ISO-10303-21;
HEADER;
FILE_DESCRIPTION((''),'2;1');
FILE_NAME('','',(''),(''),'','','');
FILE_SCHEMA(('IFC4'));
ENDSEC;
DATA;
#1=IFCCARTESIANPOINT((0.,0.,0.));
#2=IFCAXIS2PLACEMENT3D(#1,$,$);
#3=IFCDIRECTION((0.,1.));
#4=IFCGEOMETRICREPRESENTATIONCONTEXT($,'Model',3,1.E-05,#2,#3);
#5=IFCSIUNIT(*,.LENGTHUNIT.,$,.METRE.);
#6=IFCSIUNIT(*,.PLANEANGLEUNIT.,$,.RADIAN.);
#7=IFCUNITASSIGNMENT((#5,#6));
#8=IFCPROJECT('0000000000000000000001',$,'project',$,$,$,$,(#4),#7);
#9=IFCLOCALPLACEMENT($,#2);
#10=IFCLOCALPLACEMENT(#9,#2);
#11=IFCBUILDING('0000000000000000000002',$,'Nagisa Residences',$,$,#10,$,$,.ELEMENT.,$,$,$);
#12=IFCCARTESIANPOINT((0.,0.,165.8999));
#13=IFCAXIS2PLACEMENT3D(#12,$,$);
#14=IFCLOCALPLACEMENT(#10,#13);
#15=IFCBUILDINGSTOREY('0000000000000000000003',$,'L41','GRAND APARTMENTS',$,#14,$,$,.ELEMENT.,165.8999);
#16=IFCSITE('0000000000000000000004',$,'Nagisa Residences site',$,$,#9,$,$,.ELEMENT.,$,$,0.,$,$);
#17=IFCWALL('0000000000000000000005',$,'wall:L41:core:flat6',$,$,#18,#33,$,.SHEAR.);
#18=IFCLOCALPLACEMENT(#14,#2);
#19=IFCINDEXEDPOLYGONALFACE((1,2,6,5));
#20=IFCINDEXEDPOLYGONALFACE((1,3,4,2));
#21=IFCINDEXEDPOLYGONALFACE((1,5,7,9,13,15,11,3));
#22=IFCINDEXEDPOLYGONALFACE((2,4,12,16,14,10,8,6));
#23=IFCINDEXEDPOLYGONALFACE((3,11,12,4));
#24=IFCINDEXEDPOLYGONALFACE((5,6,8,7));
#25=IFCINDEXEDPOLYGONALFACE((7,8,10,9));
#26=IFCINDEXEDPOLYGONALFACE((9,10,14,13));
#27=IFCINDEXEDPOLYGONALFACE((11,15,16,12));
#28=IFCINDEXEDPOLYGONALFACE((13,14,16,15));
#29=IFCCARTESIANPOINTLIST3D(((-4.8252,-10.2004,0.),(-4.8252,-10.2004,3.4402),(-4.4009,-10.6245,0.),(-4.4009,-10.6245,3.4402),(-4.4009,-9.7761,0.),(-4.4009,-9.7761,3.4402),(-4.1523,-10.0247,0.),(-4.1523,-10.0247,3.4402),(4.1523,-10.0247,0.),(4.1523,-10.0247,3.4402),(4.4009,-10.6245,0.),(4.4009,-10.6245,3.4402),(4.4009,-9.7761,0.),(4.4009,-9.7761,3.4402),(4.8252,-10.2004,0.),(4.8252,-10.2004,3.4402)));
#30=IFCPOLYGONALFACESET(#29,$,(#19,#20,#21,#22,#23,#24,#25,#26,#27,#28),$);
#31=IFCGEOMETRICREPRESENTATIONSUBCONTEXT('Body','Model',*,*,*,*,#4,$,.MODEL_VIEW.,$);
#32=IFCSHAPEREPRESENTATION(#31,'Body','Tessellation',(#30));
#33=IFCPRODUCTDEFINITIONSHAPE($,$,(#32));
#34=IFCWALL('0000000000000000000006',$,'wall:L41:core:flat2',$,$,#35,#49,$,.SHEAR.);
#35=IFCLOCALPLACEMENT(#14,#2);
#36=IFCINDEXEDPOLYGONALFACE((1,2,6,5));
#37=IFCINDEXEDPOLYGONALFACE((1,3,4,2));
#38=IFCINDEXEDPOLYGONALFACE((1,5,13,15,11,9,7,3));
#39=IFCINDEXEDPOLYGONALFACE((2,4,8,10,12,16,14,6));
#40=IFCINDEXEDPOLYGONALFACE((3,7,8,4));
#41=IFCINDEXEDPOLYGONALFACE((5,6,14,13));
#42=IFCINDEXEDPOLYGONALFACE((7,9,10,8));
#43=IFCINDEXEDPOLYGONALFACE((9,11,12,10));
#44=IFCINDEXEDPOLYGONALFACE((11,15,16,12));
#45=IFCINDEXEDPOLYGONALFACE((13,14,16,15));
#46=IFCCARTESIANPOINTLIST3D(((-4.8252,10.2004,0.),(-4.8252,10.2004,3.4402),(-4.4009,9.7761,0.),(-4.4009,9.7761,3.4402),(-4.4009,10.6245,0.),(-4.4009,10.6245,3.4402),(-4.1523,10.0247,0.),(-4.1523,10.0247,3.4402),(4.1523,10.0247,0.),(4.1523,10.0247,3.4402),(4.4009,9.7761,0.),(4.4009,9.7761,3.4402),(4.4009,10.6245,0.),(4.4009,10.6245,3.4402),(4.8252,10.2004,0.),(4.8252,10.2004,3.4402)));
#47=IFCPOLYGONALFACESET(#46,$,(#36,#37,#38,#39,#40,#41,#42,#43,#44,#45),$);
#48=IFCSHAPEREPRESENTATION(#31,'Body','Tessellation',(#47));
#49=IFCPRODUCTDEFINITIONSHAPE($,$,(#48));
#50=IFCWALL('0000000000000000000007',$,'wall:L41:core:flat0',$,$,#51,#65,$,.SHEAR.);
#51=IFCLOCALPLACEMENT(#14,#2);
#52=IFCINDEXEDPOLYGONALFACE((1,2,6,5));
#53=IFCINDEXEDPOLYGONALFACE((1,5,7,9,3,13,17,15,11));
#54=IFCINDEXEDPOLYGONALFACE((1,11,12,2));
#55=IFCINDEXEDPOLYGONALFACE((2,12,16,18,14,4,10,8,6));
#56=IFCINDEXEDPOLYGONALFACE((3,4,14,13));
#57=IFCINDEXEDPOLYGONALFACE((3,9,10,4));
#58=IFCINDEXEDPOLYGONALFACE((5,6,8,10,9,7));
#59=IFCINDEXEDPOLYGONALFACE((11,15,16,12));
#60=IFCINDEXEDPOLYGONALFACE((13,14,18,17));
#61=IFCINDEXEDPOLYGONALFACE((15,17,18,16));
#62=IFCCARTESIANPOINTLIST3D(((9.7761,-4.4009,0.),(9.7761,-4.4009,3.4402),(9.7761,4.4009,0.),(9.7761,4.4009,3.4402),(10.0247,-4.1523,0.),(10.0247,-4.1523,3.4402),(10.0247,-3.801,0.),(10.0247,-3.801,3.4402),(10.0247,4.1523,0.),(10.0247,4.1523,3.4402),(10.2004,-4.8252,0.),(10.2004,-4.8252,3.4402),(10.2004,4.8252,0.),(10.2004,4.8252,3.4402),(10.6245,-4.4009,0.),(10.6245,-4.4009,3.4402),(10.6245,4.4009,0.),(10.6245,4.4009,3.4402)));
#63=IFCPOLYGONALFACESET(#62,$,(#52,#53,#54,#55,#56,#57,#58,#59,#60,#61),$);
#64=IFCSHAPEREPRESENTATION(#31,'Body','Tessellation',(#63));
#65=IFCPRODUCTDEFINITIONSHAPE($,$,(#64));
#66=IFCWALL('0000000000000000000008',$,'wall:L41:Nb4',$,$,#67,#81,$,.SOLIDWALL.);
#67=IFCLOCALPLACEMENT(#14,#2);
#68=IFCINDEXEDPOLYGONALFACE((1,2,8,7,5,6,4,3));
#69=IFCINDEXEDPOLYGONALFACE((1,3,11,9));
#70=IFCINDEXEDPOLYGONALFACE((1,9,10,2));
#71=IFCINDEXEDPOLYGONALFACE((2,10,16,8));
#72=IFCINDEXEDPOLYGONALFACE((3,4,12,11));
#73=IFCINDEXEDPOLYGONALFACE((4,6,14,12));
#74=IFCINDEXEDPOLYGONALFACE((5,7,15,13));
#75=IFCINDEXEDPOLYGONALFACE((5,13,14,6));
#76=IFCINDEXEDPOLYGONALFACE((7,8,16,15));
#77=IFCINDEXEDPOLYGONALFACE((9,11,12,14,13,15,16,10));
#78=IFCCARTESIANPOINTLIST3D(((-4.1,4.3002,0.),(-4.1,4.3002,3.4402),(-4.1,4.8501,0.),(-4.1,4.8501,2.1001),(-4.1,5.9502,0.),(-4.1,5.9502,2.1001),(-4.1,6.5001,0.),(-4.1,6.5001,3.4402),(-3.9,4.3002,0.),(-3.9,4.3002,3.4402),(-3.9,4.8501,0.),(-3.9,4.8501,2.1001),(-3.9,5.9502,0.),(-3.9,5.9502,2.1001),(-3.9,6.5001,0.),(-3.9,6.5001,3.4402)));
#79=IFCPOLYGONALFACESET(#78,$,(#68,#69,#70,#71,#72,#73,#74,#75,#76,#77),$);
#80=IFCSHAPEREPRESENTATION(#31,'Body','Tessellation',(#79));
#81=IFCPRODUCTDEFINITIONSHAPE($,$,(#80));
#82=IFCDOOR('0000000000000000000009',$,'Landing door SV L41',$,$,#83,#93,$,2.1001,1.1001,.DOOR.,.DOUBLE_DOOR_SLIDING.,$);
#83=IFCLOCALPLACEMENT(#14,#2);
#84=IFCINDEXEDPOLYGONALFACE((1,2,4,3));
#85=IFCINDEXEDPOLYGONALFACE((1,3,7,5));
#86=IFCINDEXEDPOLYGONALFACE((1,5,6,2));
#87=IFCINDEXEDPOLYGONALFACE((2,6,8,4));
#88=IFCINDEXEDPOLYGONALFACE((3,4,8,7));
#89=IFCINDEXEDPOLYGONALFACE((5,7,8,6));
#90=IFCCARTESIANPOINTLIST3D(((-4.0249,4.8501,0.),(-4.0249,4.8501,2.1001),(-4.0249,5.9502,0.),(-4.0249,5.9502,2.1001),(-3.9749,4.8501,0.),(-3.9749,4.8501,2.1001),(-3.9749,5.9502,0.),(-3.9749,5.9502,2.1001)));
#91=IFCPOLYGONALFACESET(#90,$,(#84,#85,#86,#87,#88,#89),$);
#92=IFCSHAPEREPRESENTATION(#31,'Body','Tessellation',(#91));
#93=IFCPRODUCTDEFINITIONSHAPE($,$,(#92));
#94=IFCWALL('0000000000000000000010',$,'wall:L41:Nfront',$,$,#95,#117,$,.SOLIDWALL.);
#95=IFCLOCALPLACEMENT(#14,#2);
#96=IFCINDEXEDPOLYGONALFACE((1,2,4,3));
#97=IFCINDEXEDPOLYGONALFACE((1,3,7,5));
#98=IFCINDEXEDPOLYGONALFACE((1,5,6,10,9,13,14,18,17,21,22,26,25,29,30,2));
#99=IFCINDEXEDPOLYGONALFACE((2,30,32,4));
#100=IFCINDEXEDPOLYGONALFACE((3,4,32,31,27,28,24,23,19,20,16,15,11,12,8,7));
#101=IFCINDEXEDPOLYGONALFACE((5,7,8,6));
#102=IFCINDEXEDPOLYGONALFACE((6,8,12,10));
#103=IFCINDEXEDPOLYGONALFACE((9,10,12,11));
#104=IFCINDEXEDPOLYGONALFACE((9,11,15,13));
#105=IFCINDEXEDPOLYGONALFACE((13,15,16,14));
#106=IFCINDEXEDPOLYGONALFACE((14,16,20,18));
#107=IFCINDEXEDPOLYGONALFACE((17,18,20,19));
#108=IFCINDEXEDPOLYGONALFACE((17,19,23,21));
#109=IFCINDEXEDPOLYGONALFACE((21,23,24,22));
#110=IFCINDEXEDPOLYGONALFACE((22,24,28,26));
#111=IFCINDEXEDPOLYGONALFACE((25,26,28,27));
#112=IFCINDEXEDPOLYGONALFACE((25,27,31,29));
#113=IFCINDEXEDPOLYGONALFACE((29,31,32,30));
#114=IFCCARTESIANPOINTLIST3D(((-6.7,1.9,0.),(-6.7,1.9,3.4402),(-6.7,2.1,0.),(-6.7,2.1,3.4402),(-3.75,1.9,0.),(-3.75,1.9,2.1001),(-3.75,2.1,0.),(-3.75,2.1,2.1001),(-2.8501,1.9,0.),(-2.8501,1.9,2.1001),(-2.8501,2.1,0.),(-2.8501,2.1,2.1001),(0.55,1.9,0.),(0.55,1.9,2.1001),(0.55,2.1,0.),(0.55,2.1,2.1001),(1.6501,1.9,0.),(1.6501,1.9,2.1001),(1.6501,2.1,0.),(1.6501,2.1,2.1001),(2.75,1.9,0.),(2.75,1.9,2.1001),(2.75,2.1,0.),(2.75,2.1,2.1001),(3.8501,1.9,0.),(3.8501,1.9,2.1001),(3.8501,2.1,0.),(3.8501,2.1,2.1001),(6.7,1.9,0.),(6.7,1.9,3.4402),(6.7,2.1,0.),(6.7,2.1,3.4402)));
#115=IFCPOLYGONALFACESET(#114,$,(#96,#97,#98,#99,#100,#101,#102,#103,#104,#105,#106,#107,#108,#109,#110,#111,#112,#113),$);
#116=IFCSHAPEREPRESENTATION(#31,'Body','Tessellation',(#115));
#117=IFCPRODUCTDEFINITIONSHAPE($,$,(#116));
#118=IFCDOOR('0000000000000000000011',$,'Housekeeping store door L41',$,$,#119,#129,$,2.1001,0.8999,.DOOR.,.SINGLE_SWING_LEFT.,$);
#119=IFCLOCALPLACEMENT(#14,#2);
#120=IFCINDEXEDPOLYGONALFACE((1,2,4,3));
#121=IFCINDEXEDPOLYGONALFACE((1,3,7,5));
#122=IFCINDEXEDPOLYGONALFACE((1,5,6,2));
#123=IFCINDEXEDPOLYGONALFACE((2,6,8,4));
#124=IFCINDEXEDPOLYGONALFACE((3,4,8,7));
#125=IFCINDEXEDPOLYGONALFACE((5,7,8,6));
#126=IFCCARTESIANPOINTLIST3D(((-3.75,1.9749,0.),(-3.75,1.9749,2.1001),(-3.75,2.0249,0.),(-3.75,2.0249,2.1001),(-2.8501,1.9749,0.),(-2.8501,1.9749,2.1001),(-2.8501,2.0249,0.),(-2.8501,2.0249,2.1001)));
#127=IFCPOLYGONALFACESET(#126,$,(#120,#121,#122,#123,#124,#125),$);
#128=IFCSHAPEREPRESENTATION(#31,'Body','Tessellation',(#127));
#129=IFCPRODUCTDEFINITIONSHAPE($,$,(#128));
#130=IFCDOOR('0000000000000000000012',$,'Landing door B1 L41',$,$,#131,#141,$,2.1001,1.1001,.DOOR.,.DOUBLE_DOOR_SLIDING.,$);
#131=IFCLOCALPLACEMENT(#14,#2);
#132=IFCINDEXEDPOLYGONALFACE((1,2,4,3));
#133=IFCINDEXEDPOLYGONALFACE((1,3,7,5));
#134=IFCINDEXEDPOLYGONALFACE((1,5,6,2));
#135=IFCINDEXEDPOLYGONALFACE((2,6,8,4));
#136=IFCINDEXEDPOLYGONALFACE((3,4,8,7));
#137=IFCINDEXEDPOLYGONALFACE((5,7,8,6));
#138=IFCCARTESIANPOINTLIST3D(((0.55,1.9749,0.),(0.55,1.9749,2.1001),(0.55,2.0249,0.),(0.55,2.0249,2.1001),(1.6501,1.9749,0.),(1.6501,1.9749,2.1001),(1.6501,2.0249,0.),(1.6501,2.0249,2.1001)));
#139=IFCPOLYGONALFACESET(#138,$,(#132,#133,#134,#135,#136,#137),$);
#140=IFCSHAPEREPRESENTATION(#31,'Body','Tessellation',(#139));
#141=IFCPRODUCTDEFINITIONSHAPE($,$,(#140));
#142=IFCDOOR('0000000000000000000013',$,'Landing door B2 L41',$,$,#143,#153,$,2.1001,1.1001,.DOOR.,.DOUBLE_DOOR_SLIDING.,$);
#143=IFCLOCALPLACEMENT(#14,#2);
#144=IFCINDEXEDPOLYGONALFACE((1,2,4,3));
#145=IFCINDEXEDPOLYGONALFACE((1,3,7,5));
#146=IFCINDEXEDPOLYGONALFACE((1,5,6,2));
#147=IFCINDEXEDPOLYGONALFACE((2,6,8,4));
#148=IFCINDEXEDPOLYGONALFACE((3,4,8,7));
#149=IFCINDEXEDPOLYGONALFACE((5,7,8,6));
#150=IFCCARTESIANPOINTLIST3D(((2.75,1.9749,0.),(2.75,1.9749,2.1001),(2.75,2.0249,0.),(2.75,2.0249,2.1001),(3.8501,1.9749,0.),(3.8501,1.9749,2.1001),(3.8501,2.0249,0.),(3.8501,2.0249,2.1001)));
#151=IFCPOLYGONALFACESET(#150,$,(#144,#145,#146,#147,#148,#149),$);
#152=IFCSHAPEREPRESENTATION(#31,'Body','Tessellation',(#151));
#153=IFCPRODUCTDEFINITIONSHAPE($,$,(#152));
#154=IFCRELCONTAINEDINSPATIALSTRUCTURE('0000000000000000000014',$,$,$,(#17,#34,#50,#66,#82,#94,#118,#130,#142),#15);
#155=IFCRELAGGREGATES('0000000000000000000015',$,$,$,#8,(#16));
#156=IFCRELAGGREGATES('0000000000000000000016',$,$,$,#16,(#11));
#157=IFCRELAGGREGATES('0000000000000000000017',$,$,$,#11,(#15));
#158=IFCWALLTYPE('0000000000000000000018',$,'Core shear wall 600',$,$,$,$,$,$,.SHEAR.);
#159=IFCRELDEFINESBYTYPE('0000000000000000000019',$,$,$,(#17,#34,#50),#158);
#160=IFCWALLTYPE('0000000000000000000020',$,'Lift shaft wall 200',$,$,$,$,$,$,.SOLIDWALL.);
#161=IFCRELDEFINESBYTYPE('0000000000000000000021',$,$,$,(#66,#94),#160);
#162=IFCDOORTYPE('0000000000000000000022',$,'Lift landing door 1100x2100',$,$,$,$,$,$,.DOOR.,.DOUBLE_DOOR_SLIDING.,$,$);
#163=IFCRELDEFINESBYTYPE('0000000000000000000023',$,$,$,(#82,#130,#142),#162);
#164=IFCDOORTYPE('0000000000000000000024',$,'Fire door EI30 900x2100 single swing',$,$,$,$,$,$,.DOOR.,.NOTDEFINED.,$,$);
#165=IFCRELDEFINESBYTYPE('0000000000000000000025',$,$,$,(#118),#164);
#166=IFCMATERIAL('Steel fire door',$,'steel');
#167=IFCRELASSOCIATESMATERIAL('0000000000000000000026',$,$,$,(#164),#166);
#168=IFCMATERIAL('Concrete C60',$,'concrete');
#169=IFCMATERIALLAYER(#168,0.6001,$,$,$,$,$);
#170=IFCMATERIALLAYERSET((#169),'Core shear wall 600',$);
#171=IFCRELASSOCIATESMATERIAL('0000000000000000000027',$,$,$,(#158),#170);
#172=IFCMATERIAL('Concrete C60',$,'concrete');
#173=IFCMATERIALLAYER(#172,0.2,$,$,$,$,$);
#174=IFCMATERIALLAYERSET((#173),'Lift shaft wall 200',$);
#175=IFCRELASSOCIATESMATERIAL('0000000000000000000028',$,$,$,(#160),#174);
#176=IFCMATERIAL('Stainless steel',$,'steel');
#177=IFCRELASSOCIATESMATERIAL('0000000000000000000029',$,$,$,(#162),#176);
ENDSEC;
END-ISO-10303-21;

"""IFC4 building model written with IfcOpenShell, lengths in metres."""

from ifc_helpers import new_model, si_unit, direction, frame, frame_2d, origin, place, context, subcontext, project, spatial, polyline, rectangle, outline, extrude, material, layer, layer_set, type_object, element, fill, save


model = new_model("IFC4")

# Units and contexts
model_context = context("Model", 3, precision=1e-05, world=origin(), true_north=direction((0.0, 1.0)))
body_context = subcontext(model_context, "Body", "Model", "MODEL_VIEW")
ifc_project = project(units=[si_unit("LENGTHUNIT", "METRE"), si_unit("PLANEANGLEUNIT", "RADIAN")], contexts=[model_context])

# Site, building, storey
site_placement = place(None, origin())
site = spatial("IfcSite", under=ifc_project, at=site_placement, Name="Nagisa Residences site", CompositionType="ELEMENT", RefElevation=0.0)
building_placement = place(site_placement, origin())
building = spatial("IfcBuilding", under=site, at=building_placement, Name="Nagisa Residences", CompositionType="ELEMENT")
storey_placement = place(building_placement, frame((0.0, 0.0, 165.8999)))
storey = spatial("IfcBuildingStorey", under=building, at=storey_placement, Name="L41", Description="GRAND APARTMENTS", CompositionType="ELEMENT", Elevation=165.8999)

# Shared definitions
ifc_material_1 = material(Name="Steel fire door", Category="steel")
door_type_1 = type_object("IfcDoorType", Name="Fire door EI30 900x2100 single swing", OperationType="NOTDEFINED", PredefinedType="DOOR", material=ifc_material_1)
ifc_material_2 = material(Name="Concrete C60", Category="concrete")
ifc_layer_1 = layer(ifc_material_2, 0.6001)
ifc_layer_set_1 = layer_set([ifc_layer_1], Name="Core shear wall 600")
wall_type_1 = type_object("IfcWallType", Name="Core shear wall 600", PredefinedType="SHEAR", material=ifc_layer_set_1)

# Walls
wall_1_placement = place(storey_placement, origin())
element("IfcWall", 1, at=wall_1_placement, inside=storey, type_object=wall_type_1, Name="wall:L41:core:flat6", PredefinedType="SHEAR", context=body_context, shape_type="SweptSolid", body=[
    extrude(outline(polyline([(-4.1523, -10.0247), (4.1523, -10.0247), (4.4009, -9.7761), (4.8252, -10.2004), (4.4009, -10.6245), (-4.4009, -10.6245), (-4.8252, -10.2004), (-4.4009, -9.7761), (-4.1523, -10.0247)])), origin(), (0.0, 0.0, 1.0), 3.4402),
])
wall_2_placement = place(storey_placement, origin())
element("IfcWall", 2, at=wall_2_placement, inside=storey, type_object=wall_type_1, Name="wall:L41:core:flat2", PredefinedType="SHEAR", context=body_context, shape_type="SweptSolid", body=[
    extrude(outline(polyline([(-4.1523, 10.0247), (-4.4009, 9.7761), (-4.8252, 10.2004), (-4.4009, 10.6245), (4.4009, 10.6245), (4.8252, 10.2004), (4.4009, 9.7761), (4.1523, 10.0247), (-4.1523, 10.0247)])), origin(), (0.0, 0.0, 1.0), 3.4402),
])
wall_3_placement = place(storey_placement, origin())
element("IfcWall", 3, at=wall_3_placement, inside=storey, type_object=wall_type_1, Name="wall:L41:core:flat0", PredefinedType="SHEAR", context=body_context, shape_type="SweptSolid", body=[
    extrude(outline(polyline([(9.7761, -4.4009), (10.0247, -4.1523), (10.0247, -3.801), (10.0247, 4.1523), (9.7761, 4.4009), (10.2004, 4.8252), (10.6245, 4.4009), (10.6245, -4.4009), (10.2004, -4.8252), (9.7761, -4.4009)])), origin(), (0.0, 0.0, 1.0), 3.4402),
])

# Wall, opening, door
ifc_material_3 = material(Name="Concrete C60", Category="concrete")
ifc_layer_2 = layer(ifc_material_3, 0.2)
ifc_layer_set_2 = layer_set([ifc_layer_2], Name="Lift shaft wall 200")
wall_type_2 = type_object("IfcWallType", Name="Lift shaft wall 200", PredefinedType="SOLIDWALL", material=ifc_layer_set_2)
wall_4_placement = place(storey_placement, frame((-4.0, 4.3, 0.0), z_axis=(0.0, 0.0, 1.0), x_axis=(0.0, 1.0, 0.0)))
wall_4 = element("IfcWall", 4, at=wall_4_placement, inside=storey, type_object=wall_type_2, Name="wall:L41:Nb4", PredefinedType="SOLIDWALL", context=body_context, shape_type="SweptSolid", body=[
    extrude(rectangle(XDim=2.2, YDim=0.2, at=frame_2d((1.1001, 0.0))), origin(), (0.0, 0.0, 1.0), 3.4402),
])
opening_1_placement = place(wall_4_placement, frame((0.55, 0.0, 0.0)))
opening_1 = element("IfcOpeningElement", 5, at=opening_1_placement, cuts=wall_4, PredefinedType="OPENING", context=body_context, shape_type="SweptSolid", body=[
    extrude(rectangle(XDim=1.1001, YDim=2.1001, at=frame_2d((0.55, 1.05))), frame((0.0, 0.1099, 0.0), z_axis=(0.0, -1.0, 0.0), x_axis=(1.0, 0.0, 0.0)), (0.0, 0.0, 1.0), 0.22),
])
ifc_material_4 = material(Name="Stainless steel", Category="steel")
door_type_2 = type_object("IfcDoorType", Name="Lift landing door 1100x2100", OperationType="DOUBLE_DOOR_SLIDING", PredefinedType="DOOR", material=ifc_material_4)
door_1_placement = place(opening_1_placement, origin())
door_1 = element("IfcDoor", 6, at=door_1_placement, inside=storey, type_object=door_type_2, Name="Landing door SV L41", OperationType="DOUBLE_DOOR_SLIDING", OverallHeight=2.1001, OverallWidth=1.1001, PredefinedType="DOOR", context=body_context, shape_type="SweptSolid", body=[
    extrude(rectangle(XDim=1.1001, YDim=2.1001, at=frame_2d((0.55, 1.05))), frame((0.0, 0.0249, 0.0), z_axis=(0.0, -1.0, 0.0), x_axis=(1.0, 0.0, 0.0)), (0.0, 0.0, 1.0), 0.05),
])
fill(opening_1, door_1)

# Wall, openings, doors
wall_5_placement = place(storey_placement, frame((-6.7, 2.0, 0.0), z_axis=(0.0, 0.0, 1.0), x_axis=(1.0, 0.0, 0.0)))
wall_5 = element("IfcWall", 7, at=wall_5_placement, inside=storey, type_object=wall_type_2, Name="wall:L41:Nfront", PredefinedType="SOLIDWALL", context=body_context, shape_type="SweptSolid", body=[
    extrude(rectangle(XDim=13.3999, YDim=0.2, at=frame_2d((6.7, 0.0))), origin(), (0.0, 0.0, 1.0), 3.4402),
])
opening_2_placement = place(wall_5_placement, frame((7.25, 0.0, 0.0)))
opening_2 = element("IfcOpeningElement", 8, at=opening_2_placement, cuts=wall_5, PredefinedType="OPENING", context=body_context, shape_type="SweptSolid", body=[
    extrude(rectangle(XDim=1.1001, YDim=2.1001, at=frame_2d((0.55, 1.05))), frame((0.0, 0.1099, 0.0), z_axis=(0.0, -1.0, 0.0), x_axis=(1.0, 0.0, 0.0)), (0.0, 0.0, 1.0), 0.22),
])
opening_3_placement = place(wall_5_placement, frame((9.45, 0.0, 0.0)))
opening_3 = element("IfcOpeningElement", 9, at=opening_3_placement, cuts=wall_5, PredefinedType="OPENING", context=body_context, shape_type="SweptSolid", body=[
    extrude(rectangle(XDim=1.1001, YDim=2.1001, at=frame_2d((0.55, 1.05))), frame((0.0, 0.1099, 0.0), z_axis=(0.0, -1.0, 0.0), x_axis=(1.0, 0.0, 0.0)), (0.0, 0.0, 1.0), 0.22),
])
opening_4_placement = place(wall_5_placement, frame((2.95, 0.0, 0.0)))
opening_4 = element("IfcOpeningElement", 10, at=opening_4_placement, cuts=wall_5, PredefinedType="OPENING", context=body_context, shape_type="SweptSolid", body=[
    extrude(rectangle(XDim=0.8999, YDim=2.1001, at=frame_2d((0.45, 1.05))), frame((0.0, 0.1099, 0.0), z_axis=(0.0, -1.0, 0.0), x_axis=(1.0, 0.0, 0.0)), (0.0, 0.0, 1.0), 0.22),
])
door_2_placement = place(opening_4_placement, origin())
door_2 = element("IfcDoor", 11, at=door_2_placement, inside=storey, type_object=door_type_1, Name="Housekeeping store door L41", OperationType="SINGLE_SWING_LEFT", OverallHeight=2.1001, OverallWidth=0.8999, PredefinedType="DOOR", context=body_context, shape_type="SweptSolid", body=[
    extrude(rectangle(XDim=0.8999, YDim=2.1001, at=frame_2d((0.45, 1.05))), frame((0.0, 0.0249, 0.0), z_axis=(0.0, -1.0, 0.0), x_axis=(1.0, 0.0, 0.0)), (0.0, 0.0, 1.0), 0.05),
])
fill(opening_4, door_2)
door_3_placement = place(opening_2_placement, origin())
door_3 = element("IfcDoor", 12, at=door_3_placement, inside=storey, type_object=door_type_2, Name="Landing door B1 L41", OperationType="DOUBLE_DOOR_SLIDING", OverallHeight=2.1001, OverallWidth=1.1001, PredefinedType="DOOR", context=body_context, shape_type="SweptSolid", body=[
    extrude(rectangle(XDim=1.1001, YDim=2.1001, at=frame_2d((0.55, 1.05))), frame((0.0, 0.0249, 0.0), z_axis=(0.0, -1.0, 0.0), x_axis=(1.0, 0.0, 0.0)), (0.0, 0.0, 1.0), 0.05),
])
fill(opening_2, door_3)
door_4_placement = place(opening_3_placement, origin())
door_4 = element("IfcDoor", 13, at=door_4_placement, inside=storey, type_object=door_type_2, Name="Landing door B2 L41", OperationType="DOUBLE_DOOR_SLIDING", OverallHeight=2.1001, OverallWidth=1.1001, PredefinedType="DOOR", context=body_context, shape_type="SweptSolid", body=[
    extrude(rectangle(XDim=1.1001, YDim=2.1001, at=frame_2d((0.55, 1.05))), frame((0.0, 0.0249, 0.0), z_axis=(0.0, -1.0, 0.0), x_axis=(1.0, 0.0, 0.0)), (0.0, 0.0, 1.0), 0.05),
])
fill(opening_3, door_4)

save(model, "model.ifc")
